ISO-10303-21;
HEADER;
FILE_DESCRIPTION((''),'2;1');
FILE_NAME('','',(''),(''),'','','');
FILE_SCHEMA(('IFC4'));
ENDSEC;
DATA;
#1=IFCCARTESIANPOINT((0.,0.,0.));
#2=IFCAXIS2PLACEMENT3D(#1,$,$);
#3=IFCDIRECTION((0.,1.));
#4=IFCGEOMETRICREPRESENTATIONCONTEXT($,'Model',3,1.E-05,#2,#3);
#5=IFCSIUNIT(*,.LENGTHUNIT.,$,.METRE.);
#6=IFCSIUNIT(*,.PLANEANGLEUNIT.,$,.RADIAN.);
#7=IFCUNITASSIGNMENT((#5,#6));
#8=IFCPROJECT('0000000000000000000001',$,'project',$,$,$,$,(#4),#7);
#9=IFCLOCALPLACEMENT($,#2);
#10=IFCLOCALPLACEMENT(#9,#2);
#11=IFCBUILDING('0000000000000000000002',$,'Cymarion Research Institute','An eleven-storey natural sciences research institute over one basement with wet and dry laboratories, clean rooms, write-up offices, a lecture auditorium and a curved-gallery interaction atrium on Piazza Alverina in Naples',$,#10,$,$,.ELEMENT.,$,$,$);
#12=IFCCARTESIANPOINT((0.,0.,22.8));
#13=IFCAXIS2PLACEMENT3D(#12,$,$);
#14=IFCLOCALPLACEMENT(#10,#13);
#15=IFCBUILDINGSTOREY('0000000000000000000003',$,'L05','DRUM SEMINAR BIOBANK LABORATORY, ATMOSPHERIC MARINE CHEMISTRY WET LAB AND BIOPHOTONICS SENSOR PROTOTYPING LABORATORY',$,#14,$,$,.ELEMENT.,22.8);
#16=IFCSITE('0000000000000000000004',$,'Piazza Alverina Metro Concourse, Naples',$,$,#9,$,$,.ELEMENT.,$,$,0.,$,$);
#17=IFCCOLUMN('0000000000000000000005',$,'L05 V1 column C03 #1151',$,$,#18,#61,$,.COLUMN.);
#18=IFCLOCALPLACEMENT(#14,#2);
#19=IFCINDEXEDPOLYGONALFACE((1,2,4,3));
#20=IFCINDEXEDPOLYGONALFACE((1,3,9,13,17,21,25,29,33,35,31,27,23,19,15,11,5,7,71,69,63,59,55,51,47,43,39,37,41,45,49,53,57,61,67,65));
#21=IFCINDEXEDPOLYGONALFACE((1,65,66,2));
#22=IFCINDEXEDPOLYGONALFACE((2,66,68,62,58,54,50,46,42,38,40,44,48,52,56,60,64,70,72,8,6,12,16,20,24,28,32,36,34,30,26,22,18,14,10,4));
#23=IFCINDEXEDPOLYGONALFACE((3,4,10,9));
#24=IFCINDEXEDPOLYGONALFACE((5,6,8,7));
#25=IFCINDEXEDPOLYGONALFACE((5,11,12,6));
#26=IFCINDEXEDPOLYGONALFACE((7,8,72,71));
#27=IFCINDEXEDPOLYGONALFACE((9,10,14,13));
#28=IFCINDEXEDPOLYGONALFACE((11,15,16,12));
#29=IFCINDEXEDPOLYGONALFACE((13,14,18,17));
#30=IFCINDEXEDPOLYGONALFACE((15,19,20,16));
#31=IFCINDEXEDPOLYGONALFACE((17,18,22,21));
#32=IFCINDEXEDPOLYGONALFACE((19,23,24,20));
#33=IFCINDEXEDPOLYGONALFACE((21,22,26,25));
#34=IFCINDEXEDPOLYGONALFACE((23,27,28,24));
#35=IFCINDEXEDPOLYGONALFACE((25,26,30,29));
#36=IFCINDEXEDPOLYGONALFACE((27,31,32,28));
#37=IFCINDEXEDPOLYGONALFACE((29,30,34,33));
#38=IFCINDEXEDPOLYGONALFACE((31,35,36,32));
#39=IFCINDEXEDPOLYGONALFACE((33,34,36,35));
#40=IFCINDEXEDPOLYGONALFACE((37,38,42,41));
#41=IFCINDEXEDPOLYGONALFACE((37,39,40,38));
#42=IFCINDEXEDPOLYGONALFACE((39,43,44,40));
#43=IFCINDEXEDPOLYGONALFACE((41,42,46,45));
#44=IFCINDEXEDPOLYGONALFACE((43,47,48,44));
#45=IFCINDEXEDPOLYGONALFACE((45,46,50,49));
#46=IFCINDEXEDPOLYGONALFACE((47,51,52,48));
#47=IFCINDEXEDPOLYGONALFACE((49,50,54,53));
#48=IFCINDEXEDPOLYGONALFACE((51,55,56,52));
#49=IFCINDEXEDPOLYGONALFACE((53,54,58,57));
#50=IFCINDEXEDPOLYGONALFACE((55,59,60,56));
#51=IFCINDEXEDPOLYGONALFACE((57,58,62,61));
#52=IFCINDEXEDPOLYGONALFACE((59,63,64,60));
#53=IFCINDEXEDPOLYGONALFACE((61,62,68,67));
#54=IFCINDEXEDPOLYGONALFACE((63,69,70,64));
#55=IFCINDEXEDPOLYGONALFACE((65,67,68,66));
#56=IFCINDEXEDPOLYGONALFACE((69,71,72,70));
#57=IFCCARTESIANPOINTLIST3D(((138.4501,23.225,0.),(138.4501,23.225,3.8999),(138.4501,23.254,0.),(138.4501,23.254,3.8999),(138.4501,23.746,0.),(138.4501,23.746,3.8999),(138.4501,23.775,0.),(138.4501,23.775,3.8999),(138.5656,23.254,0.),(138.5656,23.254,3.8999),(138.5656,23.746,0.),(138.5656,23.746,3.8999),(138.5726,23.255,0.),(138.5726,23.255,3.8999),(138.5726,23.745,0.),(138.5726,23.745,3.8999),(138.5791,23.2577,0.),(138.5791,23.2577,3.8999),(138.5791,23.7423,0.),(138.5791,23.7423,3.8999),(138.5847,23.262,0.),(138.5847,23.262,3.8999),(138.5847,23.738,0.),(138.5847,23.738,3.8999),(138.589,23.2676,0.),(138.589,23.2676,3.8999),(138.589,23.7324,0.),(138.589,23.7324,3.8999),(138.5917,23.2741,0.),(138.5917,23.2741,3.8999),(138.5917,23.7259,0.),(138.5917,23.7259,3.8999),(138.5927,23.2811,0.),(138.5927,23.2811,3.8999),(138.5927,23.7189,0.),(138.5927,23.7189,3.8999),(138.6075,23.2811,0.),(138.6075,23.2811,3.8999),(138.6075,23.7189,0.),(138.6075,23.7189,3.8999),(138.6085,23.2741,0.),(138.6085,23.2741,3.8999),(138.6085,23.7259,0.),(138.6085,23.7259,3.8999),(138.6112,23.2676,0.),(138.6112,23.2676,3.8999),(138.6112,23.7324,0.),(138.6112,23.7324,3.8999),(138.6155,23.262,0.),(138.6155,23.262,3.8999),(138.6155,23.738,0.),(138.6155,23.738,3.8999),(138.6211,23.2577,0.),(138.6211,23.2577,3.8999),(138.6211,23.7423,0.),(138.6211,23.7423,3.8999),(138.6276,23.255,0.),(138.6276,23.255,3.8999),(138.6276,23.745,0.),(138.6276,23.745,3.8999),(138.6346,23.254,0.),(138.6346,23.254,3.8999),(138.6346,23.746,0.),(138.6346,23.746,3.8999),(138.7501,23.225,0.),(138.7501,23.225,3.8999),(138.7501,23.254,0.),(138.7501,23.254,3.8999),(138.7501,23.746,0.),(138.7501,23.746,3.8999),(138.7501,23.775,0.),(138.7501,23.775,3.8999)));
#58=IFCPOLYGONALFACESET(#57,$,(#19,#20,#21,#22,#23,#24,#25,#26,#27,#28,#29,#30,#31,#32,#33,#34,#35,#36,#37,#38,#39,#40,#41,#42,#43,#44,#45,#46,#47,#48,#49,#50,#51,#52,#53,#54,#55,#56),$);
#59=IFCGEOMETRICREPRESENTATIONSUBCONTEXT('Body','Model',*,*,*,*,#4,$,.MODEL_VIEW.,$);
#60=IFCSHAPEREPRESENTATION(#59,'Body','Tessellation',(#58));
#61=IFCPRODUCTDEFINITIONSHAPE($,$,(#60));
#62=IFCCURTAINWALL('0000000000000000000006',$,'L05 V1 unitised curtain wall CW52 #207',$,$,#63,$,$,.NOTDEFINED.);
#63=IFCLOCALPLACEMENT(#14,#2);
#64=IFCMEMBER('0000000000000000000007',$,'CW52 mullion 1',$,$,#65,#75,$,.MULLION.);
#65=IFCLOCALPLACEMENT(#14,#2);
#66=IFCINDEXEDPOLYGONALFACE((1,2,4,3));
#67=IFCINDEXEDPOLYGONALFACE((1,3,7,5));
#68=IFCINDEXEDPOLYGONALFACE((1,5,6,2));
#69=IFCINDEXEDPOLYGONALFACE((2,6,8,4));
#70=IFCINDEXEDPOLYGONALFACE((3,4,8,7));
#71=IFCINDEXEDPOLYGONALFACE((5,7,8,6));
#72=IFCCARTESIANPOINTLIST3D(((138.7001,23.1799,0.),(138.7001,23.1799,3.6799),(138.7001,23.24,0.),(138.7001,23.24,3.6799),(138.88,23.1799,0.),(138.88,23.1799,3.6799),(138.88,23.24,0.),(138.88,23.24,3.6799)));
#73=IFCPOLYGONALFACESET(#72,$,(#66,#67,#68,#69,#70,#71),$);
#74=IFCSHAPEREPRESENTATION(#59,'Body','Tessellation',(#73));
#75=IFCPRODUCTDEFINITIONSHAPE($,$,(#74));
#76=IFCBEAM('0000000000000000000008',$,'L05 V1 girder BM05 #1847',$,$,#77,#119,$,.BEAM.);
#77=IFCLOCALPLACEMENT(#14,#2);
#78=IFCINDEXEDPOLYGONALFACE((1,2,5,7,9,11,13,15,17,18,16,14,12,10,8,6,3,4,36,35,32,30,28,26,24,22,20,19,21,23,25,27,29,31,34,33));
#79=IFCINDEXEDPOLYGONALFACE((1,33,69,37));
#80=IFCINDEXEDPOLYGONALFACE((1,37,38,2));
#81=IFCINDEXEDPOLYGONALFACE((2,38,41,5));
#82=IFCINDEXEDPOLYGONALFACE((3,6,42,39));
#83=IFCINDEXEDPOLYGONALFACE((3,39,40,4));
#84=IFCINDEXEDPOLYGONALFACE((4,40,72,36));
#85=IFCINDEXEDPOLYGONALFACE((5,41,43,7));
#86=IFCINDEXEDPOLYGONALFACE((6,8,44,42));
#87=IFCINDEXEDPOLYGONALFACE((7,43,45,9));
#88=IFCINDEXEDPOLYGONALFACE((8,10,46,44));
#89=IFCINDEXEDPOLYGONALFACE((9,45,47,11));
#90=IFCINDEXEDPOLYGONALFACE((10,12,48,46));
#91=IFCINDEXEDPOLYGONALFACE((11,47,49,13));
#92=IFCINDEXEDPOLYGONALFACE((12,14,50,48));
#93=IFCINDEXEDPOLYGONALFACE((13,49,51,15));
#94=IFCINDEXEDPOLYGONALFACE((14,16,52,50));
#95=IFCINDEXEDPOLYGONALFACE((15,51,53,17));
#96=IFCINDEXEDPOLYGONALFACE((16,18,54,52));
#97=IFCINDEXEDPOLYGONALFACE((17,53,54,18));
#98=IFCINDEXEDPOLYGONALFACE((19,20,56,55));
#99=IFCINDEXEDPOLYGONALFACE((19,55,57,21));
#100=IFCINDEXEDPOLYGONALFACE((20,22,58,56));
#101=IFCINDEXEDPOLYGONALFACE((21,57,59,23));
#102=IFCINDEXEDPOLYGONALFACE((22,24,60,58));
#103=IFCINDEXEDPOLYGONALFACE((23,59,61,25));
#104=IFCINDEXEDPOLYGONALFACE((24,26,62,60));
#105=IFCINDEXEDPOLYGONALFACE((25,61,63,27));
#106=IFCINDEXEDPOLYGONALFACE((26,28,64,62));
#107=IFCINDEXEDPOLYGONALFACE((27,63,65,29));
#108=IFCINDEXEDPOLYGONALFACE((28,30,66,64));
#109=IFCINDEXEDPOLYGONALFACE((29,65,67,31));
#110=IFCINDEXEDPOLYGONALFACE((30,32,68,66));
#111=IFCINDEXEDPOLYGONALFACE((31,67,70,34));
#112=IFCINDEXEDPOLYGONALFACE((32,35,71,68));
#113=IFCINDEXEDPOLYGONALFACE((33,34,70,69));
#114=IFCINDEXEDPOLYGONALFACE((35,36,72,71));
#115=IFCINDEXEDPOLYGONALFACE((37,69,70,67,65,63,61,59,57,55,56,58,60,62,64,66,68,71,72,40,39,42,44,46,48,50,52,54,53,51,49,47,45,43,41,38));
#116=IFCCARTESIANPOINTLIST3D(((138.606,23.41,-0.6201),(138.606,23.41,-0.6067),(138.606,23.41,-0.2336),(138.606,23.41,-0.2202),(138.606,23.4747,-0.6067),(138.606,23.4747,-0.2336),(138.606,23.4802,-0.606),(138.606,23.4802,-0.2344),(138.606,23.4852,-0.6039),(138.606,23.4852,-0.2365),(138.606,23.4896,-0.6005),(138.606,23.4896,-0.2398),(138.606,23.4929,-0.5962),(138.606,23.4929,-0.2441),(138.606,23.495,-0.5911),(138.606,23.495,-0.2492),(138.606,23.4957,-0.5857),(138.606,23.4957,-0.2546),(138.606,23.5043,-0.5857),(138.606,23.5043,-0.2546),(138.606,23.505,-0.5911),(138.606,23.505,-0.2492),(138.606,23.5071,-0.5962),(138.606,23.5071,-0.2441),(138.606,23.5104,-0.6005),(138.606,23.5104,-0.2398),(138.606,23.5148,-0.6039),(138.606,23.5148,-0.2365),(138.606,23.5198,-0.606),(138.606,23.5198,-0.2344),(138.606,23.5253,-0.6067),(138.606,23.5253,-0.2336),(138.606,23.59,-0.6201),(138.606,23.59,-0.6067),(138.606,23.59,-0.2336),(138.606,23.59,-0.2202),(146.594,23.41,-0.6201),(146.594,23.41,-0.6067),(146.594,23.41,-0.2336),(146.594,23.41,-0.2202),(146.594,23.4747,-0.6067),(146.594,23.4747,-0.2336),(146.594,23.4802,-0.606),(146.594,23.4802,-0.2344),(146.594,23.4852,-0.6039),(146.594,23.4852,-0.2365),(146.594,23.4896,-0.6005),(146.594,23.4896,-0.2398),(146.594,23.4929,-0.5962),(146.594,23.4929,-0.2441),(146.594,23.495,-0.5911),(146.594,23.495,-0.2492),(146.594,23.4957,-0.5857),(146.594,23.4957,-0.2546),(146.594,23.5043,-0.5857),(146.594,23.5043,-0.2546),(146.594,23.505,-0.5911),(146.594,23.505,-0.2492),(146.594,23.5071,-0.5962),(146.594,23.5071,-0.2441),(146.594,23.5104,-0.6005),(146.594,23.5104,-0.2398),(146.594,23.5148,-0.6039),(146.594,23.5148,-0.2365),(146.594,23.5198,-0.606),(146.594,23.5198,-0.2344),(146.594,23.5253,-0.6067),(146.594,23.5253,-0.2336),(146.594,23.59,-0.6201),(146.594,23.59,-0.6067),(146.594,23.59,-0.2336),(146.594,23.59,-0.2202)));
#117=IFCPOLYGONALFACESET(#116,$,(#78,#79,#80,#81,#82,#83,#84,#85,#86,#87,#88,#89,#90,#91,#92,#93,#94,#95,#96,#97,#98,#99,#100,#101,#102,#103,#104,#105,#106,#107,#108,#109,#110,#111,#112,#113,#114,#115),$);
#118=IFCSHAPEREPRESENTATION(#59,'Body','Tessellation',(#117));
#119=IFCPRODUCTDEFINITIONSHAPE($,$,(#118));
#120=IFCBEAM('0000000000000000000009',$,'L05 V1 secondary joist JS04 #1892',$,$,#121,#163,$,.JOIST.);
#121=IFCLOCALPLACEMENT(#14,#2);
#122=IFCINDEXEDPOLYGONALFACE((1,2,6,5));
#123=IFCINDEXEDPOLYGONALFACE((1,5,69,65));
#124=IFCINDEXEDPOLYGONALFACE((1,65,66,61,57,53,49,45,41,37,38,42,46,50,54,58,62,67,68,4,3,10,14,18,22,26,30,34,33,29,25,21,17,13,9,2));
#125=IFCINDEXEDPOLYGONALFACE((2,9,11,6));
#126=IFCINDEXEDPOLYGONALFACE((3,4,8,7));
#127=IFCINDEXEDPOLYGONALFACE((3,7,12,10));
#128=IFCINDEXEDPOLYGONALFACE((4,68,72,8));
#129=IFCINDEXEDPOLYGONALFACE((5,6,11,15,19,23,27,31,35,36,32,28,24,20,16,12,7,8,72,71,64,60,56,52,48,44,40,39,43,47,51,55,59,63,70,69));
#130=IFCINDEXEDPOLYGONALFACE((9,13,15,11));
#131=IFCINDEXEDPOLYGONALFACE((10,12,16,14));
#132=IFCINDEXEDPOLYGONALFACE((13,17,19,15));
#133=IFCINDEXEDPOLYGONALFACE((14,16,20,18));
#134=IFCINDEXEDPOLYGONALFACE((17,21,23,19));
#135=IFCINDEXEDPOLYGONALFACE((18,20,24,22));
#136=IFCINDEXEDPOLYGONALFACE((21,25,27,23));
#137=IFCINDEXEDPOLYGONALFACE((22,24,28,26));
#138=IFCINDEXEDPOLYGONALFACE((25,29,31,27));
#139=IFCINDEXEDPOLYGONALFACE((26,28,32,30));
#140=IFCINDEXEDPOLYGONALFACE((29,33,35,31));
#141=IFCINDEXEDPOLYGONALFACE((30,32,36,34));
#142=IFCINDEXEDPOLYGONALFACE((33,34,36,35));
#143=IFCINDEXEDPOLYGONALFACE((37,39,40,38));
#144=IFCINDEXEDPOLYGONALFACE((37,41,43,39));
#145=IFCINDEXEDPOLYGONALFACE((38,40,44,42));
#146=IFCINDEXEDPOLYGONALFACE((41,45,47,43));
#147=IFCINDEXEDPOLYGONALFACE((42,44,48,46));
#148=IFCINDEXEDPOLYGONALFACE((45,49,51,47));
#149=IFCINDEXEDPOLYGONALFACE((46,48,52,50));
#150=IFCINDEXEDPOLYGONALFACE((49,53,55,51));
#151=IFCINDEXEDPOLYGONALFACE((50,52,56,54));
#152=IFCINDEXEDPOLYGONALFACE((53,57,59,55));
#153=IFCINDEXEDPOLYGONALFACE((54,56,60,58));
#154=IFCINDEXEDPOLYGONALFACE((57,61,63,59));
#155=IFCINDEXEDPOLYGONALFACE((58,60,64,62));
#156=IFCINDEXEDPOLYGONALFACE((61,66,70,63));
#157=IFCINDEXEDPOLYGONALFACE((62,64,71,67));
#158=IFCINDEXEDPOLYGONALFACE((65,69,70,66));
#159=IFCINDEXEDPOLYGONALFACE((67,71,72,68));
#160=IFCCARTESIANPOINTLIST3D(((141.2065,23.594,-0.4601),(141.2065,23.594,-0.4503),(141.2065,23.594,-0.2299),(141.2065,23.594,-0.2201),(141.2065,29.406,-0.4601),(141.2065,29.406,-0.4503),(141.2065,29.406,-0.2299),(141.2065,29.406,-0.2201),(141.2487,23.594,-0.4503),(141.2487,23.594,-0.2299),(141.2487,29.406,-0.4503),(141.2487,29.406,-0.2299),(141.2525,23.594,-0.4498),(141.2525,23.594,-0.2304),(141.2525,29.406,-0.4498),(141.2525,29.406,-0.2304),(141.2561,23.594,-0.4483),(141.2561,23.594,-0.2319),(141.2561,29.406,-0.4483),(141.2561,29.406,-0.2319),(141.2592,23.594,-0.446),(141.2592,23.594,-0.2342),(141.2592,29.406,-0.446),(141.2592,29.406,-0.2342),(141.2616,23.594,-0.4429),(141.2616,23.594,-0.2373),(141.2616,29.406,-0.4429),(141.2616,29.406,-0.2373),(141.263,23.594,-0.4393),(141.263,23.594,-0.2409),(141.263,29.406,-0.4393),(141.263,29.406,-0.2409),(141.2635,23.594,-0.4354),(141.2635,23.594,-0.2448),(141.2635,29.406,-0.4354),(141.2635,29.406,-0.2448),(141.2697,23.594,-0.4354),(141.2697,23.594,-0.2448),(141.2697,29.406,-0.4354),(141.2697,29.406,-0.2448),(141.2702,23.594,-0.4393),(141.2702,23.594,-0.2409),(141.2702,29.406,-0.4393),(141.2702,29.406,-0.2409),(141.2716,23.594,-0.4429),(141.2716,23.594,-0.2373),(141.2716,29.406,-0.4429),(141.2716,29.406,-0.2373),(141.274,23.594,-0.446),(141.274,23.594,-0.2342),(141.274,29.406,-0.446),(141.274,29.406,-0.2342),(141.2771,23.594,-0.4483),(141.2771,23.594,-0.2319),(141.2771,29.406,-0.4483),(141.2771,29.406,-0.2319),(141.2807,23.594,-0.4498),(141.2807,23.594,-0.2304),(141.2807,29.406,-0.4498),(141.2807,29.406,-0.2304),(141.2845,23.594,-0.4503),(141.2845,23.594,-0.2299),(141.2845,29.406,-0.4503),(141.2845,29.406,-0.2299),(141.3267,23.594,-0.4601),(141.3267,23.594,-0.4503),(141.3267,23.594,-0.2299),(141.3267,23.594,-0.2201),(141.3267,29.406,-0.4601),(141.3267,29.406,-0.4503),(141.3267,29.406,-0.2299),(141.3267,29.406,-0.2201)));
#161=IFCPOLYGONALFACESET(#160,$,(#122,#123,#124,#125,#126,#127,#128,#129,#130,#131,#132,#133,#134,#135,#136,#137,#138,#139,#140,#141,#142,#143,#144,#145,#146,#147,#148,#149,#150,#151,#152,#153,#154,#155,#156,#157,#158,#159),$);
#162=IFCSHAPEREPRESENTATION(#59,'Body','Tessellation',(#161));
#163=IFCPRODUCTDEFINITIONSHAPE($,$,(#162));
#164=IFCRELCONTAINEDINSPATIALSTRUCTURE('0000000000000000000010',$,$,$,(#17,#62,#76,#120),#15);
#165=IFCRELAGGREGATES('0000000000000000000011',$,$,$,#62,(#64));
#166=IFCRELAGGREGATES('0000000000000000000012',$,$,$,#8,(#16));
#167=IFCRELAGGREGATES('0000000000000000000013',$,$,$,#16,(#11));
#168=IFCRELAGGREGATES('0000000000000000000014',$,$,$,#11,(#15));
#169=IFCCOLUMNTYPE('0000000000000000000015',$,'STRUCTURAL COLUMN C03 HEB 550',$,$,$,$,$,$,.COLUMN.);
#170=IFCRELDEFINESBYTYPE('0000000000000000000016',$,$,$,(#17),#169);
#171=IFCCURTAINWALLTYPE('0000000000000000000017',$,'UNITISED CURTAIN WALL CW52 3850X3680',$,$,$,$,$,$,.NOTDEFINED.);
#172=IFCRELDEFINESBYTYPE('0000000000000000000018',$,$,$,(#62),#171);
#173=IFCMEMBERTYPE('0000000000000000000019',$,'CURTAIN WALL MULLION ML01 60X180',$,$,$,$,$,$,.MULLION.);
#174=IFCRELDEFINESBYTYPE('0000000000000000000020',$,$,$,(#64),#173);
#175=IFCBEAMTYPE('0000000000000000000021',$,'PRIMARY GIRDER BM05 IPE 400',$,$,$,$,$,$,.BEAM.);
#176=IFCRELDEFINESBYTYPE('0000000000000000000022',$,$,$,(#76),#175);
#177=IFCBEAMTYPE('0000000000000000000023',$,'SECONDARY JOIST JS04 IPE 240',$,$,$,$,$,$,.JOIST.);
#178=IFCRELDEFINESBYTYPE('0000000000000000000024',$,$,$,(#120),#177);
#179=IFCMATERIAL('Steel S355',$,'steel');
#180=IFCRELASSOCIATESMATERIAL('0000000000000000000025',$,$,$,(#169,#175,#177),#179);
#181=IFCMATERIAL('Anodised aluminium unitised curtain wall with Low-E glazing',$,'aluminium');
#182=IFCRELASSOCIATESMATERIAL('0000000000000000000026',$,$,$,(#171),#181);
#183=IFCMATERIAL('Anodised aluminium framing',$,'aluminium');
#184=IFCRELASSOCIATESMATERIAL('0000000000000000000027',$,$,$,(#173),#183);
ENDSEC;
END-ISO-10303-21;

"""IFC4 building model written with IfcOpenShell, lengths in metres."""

from ifc_helpers import new_model, si_unit, direction, frame, origin, origin_2d, place, context, subcontext, project, spatial, rectangle, i_section, extrude, material, material_profile, profile_set, type_object, element, aggregate, save


model = new_model("IFC4")

# Units and contexts
model_context = context("Model", 3, precision=1e-05, world=origin(), true_north=direction((0.0, 1.0)))
body_context = subcontext(model_context, "Body", "Model", "MODEL_VIEW")
ifc_project = project(units=[si_unit("LENGTHUNIT", "METRE"), si_unit("PLANEANGLEUNIT", "RADIAN")], contexts=[model_context])

# Site, building, storey
site_placement = place(None, origin())
site = spatial("IfcSite", under=ifc_project, at=site_placement, Name="Piazza Alverina Metro Concourse, Naples", CompositionType="ELEMENT", RefElevation=0.0)
building_placement = place(site_placement, origin())
building = spatial("IfcBuilding", under=site, at=building_placement, Name="Cymarion Research Institute", Description="An eleven-storey natural sciences research institute over one basement with wet and dry laboratories, clean rooms, write-up offices, a lecture auditorium and a curved-gallery interaction atrium on Piazza Alverina in Naples", CompositionType="ELEMENT")
storey_placement = place(building_placement, frame((0.0, 0.0, 22.8)))
storey = spatial("IfcBuildingStorey", under=building, at=storey_placement, Name="L05", Description="DRUM SEMINAR BIOBANK LABORATORY, ATMOSPHERIC MARINE CHEMISTRY WET LAB AND BIOPHOTONICS SENSOR PROTOTYPING LABORATORY", CompositionType="ELEMENT", Elevation=22.8)

# Column
ifc_material_1 = material(Name="Steel S355", Category="steel")
ifc_material_profile_1 = material_profile(ifc_material_1, i_section(OverallWidth=0.3, OverallDepth=0.55, WebThickness=0.0149, FlangeThickness=0.0291, FilletRadius=0.0271, at=origin_2d()), Name="HEB 550")
ifc_profile_set_1 = profile_set([ifc_material_profile_1], Name="Steel S355")
column_type = type_object("IfcColumnType", Name="STRUCTURAL COLUMN C03 HEB 550", PredefinedType="COLUMN", material=ifc_profile_set_1)
column_placement = place(storey_placement, frame((138.6001, 23.5, 0.0), z_axis=(0.0, 0.0, 1.0), x_axis=(1.0, 0.0, 0.0)))
element("IfcColumn", 1, at=column_placement, inside=storey, type_object=column_type, Name="L05 V1 column C03 #1151", PredefinedType="COLUMN", context=body_context, shape_type="SweptSolid", body=[
    extrude(i_section(OverallWidth=0.3, OverallDepth=0.55, WebThickness=0.0149, FlangeThickness=0.0291, FilletRadius=0.0271, at=origin_2d()), origin(), (0.0, 0.0, 1.0), 3.8999),
])

# Curtain wall, member
ifc_material_2 = material(Name="Anodised aluminium unitised curtain wall with Low-E glazing", Category="aluminium")
curtain_wall_type = type_object("IfcCurtainWallType", Name="UNITISED CURTAIN WALL CW52 3850X3680", PredefinedType="NOTDEFINED", material=ifc_material_2)
curtain_wall_placement = place(storey_placement, origin())
curtain_wall = element("IfcCurtainWall", 2, at=curtain_wall_placement, inside=storey, type_object=curtain_wall_type, Name="L05 V1 unitised curtain wall CW52 #207", PredefinedType="NOTDEFINED")
ifc_material_3 = material(Name="Anodised aluminium framing", Category="aluminium")
ifc_material_profile_2 = material_profile(ifc_material_3, rectangle(XDim=0.0601, YDim=0.1799, at=origin_2d()), Name="ALU MULLION 60x180")
ifc_profile_set_2 = profile_set([ifc_material_profile_2], Name="Anodised aluminium framing")
member_type = type_object("IfcMemberType", Name="CURTAIN WALL MULLION ML01 60X180", PredefinedType="MULLION", material=ifc_profile_set_2)
member_placement = place(storey_placement, frame((138.79, 23.21, 0.0), z_axis=(0.0, 0.0, 1.0), x_axis=(0.0, -1.0, 0.0)))
member = element("IfcMember", 3, at=member_placement, type_object=member_type, Name="CW52 mullion 1", PredefinedType="MULLION", context=body_context, shape_type="SweptSolid", body=[
    extrude(rectangle(XDim=0.0601, YDim=0.1799, at=origin_2d()), origin(), (0.0, 0.0, 1.0), 3.6799),
])
aggregate(curtain_wall, [member])

# Beams
ifc_material_profile_3 = material_profile(ifc_material_1, i_section(OverallWidth=0.1799, OverallDepth=0.3999, WebThickness=0.0085, FlangeThickness=0.0134, FilletRadius=0.021, at=origin_2d()), Name="IPE 400")
ifc_profile_set_3 = profile_set([ifc_material_profile_3], Name="Steel S355")
beam_type_1 = type_object("IfcBeamType", Name="PRIMARY GIRDER BM05 IPE 400", PredefinedType="BEAM", material=ifc_profile_set_3)
beam_1_placement = place(storey_placement, frame((138.606, 23.5, -0.4202), z_axis=(1.0, 0.0, 0.0), x_axis=(0.0, 1.0, 0.0)))
element("IfcBeam", 4, at=beam_1_placement, inside=storey, type_object=beam_type_1, Name="L05 V1 girder BM05 #1847", PredefinedType="BEAM", context=body_context, shape_type="SweptSolid", body=[
    extrude(i_section(OverallWidth=0.1799, OverallDepth=0.3999, WebThickness=0.0085, FlangeThickness=0.0134, FilletRadius=0.021, at=origin_2d()), origin(), (0.0, 0.0, 1.0), 7.988),
])
ifc_material_profile_4 = material_profile(ifc_material_1, i_section(OverallWidth=0.1201, OverallDepth=0.24, WebThickness=0.0061, FlangeThickness=0.0098, FilletRadius=0.0149, at=origin_2d()), Name="IPE 240")
ifc_profile_set_4 = profile_set([ifc_material_profile_4], Name="Steel S355")
beam_type_2 = type_object("IfcBeamType", Name="SECONDARY JOIST JS04 IPE 240", PredefinedType="JOIST", material=ifc_profile_set_4)
beam_2_placement = place(storey_placement, frame((141.2666, 23.594, -0.3401), z_axis=(0.0, 1.0, 0.0), x_axis=(-1.0, 0.0, 0.0)))
element("IfcBeam", 5, at=beam_2_placement, inside=storey, type_object=beam_type_2, Name="L05 V1 secondary joist JS04 #1892", PredefinedType="JOIST", context=body_context, shape_type="SweptSolid", body=[
    extrude(i_section(OverallWidth=0.1201, OverallDepth=0.24, WebThickness=0.0061, FlangeThickness=0.0098, FilletRadius=0.0149, at=origin_2d()), origin(), (0.0, 0.0, 1.0), 5.812),
])

save(model, "model.ifc")
